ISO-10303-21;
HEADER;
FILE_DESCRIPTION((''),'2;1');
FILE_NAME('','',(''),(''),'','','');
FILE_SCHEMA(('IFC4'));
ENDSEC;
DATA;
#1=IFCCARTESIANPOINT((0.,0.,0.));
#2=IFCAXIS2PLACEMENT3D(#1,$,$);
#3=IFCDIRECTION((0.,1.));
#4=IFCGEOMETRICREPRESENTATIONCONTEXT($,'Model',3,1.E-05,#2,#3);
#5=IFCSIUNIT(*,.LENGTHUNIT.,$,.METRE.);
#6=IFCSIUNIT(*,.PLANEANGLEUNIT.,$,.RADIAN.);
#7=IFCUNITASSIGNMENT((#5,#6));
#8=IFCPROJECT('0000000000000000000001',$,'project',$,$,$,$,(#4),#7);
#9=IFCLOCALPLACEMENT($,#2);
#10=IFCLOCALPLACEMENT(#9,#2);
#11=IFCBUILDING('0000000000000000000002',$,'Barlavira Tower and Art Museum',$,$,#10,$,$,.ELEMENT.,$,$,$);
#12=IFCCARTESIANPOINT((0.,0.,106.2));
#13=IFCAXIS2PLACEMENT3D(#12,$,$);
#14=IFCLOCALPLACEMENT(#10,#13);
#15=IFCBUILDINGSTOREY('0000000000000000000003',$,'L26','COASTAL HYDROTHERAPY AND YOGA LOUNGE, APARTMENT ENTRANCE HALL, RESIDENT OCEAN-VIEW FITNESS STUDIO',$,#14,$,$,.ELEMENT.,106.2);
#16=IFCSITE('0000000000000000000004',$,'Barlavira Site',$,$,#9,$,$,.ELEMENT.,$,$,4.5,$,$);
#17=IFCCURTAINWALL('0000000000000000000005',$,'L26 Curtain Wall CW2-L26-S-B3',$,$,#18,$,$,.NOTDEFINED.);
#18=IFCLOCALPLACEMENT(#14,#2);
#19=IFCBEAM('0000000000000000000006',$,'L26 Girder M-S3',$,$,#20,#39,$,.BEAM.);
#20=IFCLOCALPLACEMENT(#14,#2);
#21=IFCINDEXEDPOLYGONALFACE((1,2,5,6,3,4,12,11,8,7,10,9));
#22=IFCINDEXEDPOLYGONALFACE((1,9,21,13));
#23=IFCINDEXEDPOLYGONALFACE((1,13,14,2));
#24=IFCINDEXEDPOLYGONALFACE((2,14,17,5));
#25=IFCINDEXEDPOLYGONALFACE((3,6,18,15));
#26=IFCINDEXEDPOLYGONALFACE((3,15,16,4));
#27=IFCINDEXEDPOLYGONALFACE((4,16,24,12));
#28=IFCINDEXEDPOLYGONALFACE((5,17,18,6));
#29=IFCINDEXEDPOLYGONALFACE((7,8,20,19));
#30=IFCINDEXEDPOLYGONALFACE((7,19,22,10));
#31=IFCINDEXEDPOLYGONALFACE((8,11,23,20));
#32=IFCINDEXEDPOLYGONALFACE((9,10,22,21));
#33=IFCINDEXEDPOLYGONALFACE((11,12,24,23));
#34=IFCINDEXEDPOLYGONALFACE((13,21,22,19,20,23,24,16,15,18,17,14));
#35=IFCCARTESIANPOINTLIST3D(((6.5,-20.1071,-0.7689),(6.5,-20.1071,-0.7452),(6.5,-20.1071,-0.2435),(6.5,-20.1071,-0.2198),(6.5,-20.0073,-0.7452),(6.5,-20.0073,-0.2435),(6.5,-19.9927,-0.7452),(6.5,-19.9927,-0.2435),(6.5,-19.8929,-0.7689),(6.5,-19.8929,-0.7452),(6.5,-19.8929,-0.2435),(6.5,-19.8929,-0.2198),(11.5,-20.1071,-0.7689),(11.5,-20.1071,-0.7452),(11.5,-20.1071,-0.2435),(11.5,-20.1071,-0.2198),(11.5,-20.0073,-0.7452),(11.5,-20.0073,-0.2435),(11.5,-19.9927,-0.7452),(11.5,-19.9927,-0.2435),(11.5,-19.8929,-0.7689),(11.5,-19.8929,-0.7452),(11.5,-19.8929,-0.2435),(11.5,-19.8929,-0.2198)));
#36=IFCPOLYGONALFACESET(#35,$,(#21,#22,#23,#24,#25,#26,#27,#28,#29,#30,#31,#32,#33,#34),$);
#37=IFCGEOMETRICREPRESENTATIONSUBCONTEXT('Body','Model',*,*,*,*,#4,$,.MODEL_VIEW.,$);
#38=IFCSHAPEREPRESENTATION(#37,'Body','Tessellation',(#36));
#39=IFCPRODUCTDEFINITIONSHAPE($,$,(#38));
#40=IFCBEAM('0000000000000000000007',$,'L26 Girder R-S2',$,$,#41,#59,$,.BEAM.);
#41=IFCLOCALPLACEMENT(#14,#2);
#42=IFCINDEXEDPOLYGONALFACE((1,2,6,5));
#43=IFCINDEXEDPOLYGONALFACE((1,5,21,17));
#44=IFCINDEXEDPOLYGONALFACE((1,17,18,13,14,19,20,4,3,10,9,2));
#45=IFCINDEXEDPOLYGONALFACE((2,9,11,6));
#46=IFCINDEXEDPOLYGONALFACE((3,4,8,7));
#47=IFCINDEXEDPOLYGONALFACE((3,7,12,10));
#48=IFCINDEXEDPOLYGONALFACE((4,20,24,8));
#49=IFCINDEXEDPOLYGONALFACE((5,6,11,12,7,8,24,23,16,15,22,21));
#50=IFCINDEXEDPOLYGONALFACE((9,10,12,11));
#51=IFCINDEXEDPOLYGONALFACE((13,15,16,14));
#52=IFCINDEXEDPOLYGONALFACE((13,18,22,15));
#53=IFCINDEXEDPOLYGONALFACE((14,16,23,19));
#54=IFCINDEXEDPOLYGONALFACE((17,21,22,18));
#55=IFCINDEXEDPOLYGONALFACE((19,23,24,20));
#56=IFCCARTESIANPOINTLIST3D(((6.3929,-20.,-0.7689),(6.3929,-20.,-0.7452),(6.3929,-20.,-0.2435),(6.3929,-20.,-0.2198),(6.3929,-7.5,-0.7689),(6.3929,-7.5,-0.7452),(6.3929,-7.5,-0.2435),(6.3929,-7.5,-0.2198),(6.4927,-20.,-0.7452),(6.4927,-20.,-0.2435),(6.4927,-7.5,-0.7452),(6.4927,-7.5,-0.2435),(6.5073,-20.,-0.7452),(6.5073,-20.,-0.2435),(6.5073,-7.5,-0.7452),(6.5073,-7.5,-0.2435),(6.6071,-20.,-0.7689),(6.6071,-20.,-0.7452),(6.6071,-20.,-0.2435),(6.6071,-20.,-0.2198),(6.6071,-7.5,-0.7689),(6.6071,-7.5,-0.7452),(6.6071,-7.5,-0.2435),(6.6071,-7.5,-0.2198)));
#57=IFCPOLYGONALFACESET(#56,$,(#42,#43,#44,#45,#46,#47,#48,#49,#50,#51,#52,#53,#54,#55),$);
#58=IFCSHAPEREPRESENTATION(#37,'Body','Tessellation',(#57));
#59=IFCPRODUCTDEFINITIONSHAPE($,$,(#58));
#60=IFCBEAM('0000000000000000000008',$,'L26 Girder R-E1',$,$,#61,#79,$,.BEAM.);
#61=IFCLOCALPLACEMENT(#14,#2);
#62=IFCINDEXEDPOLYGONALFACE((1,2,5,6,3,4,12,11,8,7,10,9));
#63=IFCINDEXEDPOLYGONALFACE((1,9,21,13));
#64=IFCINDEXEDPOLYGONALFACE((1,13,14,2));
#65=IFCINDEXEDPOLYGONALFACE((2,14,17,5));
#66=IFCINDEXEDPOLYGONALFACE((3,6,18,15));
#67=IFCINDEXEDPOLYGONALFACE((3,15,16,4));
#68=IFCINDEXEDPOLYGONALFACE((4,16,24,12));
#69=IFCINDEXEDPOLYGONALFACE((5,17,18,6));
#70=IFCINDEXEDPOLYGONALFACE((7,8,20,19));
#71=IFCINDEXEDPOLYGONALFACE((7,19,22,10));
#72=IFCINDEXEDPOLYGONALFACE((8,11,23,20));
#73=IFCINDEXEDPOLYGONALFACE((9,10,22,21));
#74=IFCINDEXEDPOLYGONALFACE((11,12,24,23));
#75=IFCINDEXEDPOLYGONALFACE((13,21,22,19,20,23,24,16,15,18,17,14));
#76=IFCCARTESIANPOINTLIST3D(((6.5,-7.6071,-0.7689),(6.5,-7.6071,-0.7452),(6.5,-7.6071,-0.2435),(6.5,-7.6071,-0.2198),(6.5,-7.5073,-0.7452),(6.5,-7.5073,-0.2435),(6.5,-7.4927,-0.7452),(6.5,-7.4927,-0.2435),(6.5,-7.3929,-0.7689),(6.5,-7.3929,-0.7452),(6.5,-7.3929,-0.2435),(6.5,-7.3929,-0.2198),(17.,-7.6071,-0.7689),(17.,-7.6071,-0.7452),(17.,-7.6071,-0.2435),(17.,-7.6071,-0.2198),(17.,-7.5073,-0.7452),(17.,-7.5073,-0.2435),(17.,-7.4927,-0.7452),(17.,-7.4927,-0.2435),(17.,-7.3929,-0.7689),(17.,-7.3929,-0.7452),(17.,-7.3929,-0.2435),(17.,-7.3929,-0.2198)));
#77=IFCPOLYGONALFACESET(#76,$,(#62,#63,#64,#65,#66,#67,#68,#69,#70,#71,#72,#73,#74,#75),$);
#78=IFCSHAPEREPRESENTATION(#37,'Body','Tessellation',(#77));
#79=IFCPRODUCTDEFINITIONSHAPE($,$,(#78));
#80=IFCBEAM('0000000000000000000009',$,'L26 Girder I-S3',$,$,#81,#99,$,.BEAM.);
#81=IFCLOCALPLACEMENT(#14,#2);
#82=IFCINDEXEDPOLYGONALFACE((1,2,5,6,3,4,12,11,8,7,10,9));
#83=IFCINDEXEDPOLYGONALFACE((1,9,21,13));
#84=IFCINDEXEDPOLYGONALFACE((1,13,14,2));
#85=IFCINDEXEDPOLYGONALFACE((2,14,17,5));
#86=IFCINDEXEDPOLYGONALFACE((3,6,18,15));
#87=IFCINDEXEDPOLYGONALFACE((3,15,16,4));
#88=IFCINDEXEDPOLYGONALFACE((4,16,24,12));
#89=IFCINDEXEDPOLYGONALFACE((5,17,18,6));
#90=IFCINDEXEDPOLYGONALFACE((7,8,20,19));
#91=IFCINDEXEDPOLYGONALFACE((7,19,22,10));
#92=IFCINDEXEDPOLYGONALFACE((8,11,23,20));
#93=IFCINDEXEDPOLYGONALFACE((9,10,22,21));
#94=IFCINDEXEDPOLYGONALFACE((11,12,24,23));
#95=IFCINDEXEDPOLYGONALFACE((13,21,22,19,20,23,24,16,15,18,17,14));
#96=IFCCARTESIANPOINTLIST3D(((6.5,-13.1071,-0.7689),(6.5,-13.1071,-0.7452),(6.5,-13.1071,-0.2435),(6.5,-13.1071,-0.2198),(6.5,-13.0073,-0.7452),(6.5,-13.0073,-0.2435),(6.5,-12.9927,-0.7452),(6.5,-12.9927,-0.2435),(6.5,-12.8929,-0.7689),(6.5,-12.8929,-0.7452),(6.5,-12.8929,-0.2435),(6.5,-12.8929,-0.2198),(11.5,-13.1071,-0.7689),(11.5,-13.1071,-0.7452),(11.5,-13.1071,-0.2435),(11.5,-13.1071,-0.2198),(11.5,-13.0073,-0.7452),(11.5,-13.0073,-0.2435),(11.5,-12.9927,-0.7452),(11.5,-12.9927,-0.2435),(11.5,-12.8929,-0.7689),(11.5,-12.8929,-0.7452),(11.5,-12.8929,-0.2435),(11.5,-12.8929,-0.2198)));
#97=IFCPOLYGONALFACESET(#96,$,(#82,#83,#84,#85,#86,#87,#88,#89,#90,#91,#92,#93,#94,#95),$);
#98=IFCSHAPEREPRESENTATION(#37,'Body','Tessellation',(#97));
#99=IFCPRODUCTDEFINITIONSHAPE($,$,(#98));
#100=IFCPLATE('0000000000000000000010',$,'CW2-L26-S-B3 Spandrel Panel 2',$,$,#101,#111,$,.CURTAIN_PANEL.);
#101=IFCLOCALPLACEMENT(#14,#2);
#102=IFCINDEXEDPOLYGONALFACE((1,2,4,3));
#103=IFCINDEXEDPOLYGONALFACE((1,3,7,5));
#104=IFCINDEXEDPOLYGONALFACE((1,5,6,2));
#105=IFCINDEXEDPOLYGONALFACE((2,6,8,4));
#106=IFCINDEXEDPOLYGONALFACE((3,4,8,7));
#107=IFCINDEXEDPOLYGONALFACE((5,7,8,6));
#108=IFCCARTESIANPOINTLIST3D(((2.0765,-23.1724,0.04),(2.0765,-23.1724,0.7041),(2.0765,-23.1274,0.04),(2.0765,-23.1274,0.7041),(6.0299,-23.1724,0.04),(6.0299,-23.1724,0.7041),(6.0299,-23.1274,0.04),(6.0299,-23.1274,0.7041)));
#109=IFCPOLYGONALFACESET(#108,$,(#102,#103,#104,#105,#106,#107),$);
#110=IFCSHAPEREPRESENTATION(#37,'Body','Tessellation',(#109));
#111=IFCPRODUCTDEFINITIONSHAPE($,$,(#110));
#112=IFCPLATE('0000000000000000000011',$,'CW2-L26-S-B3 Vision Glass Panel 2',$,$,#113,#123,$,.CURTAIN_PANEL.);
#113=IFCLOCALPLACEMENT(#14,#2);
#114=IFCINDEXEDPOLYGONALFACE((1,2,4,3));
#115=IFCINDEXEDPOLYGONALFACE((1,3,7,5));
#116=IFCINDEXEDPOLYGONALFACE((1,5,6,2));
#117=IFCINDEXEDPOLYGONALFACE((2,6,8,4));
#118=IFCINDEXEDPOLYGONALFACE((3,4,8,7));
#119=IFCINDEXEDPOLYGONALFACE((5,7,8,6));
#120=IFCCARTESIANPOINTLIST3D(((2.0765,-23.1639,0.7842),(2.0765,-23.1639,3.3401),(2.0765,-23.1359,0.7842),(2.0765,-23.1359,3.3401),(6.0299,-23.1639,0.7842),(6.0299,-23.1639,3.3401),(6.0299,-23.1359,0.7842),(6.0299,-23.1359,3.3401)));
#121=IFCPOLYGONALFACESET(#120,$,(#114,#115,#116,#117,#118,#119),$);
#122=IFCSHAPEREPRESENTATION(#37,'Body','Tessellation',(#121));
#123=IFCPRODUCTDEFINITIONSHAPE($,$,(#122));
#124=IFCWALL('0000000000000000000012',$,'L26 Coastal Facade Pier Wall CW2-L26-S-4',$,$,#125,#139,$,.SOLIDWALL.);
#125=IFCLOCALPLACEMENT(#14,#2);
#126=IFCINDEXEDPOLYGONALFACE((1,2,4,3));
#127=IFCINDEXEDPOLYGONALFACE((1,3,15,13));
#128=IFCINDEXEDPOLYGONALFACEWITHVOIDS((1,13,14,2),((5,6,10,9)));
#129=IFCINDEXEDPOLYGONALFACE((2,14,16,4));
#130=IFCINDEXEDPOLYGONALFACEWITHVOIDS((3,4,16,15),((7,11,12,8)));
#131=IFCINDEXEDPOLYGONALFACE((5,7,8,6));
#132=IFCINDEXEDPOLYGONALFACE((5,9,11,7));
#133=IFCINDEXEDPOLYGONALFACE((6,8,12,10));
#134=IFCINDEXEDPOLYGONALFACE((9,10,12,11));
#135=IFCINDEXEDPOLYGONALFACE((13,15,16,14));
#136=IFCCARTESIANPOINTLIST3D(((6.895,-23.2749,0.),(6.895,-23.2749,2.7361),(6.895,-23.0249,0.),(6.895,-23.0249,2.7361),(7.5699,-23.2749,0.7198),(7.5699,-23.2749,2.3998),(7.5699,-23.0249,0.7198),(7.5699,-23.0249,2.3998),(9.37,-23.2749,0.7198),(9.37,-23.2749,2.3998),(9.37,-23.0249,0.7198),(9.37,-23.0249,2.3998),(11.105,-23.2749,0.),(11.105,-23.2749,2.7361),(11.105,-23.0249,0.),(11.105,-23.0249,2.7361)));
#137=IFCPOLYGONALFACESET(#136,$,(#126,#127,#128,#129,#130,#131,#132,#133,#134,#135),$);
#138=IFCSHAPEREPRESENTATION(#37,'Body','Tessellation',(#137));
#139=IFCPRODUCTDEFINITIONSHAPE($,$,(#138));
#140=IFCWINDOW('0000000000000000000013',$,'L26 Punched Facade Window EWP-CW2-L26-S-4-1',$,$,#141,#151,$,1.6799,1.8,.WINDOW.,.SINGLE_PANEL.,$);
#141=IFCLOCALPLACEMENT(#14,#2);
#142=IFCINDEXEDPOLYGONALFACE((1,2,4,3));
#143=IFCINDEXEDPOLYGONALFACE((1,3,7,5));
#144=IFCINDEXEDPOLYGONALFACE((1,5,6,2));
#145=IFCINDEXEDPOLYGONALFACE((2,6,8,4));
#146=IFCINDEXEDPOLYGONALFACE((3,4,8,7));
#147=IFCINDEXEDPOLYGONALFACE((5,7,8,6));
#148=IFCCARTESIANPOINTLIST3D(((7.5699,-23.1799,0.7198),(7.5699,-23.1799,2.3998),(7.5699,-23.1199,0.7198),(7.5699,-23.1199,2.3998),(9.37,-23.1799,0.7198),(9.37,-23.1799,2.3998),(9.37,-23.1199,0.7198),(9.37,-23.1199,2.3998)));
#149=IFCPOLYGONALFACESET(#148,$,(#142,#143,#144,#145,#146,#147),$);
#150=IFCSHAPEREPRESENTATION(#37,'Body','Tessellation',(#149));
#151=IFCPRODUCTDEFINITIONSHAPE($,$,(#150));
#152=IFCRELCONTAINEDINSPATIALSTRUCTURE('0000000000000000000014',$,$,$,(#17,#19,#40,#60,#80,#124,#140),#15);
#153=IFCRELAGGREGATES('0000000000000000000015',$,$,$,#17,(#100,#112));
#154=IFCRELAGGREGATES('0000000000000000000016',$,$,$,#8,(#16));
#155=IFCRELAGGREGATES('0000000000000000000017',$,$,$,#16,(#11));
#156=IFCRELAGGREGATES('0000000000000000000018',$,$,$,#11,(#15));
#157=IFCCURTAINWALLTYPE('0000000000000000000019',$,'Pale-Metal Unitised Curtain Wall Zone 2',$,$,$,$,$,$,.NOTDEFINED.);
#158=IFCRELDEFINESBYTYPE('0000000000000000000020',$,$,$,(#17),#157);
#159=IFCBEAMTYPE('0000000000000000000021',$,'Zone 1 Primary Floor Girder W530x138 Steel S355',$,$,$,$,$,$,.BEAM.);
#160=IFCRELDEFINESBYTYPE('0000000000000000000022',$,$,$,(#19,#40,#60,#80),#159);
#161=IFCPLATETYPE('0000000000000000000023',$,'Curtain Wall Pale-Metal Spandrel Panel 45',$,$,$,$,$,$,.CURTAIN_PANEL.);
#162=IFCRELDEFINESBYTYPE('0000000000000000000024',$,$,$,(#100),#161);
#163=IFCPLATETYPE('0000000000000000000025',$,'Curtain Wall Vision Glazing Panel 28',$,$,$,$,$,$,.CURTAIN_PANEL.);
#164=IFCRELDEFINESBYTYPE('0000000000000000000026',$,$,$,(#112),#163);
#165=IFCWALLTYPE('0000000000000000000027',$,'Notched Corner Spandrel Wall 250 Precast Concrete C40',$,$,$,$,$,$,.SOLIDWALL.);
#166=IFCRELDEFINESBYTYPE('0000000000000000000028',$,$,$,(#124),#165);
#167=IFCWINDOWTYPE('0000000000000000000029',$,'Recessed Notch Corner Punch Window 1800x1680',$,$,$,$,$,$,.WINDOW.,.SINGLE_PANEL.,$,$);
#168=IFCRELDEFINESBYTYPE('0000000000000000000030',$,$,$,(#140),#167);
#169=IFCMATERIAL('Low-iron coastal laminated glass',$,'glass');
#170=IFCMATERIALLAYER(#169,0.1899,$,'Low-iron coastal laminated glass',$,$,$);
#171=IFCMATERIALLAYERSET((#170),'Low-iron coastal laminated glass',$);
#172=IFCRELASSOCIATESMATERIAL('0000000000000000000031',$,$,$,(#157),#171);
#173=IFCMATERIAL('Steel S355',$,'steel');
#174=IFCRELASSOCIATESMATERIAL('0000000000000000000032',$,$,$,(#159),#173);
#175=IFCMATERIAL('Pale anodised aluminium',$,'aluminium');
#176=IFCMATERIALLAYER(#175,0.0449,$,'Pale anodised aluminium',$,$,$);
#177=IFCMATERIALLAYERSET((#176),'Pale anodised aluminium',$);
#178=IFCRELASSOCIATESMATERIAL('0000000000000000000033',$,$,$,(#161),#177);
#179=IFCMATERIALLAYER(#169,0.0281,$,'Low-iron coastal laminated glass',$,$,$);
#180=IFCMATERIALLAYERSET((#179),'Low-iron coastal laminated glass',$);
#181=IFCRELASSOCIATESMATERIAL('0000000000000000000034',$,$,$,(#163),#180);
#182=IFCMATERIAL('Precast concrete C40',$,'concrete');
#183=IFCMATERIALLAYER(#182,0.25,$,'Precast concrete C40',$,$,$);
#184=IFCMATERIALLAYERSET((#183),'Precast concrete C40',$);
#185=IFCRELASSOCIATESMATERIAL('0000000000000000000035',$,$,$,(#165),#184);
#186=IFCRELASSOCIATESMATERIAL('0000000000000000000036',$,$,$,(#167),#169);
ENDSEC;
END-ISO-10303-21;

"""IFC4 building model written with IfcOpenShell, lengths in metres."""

from ifc_helpers import new_model, si_unit, direction, frame, frame_2d, origin, origin_2d, place, context, subcontext, project, spatial, rectangle, i_section, extrude, material, layer, layer_set, material_profile, profile_set, type_object, element, fill, aggregate, save


model = new_model("IFC4")

# Units and contexts
model_context = context("Model", 3, precision=1e-05, world=origin(), true_north=direction((0.0, 1.0)))
body_context = subcontext(model_context, "Body", "Model", "MODEL_VIEW")
ifc_project = project(units=[si_unit("LENGTHUNIT", "METRE"), si_unit("PLANEANGLEUNIT", "RADIAN")], contexts=[model_context])

# Site, building, storey
site_placement = place(None, origin())
site = spatial("IfcSite", under=ifc_project, at=site_placement, Name="Barlavira Site", CompositionType="ELEMENT", RefElevation=4.5)
building_placement = place(site_placement, origin())
building = spatial("IfcBuilding", under=site, at=building_placement, Name="Barlavira Tower and Art Museum", CompositionType="ELEMENT")
storey_placement = place(building_placement, frame((0.0, 0.0, 106.2)))
storey = spatial("IfcBuildingStorey", under=building, at=storey_placement, Name="L26", Description="COASTAL HYDROTHERAPY AND YOGA LOUNGE, APARTMENT ENTRANCE HALL, RESIDENT OCEAN-VIEW FITNESS STUDIO", CompositionType="ELEMENT", Elevation=106.2)

# Shared definitions
ifc_material_1 = material(Name="Steel S355", Category="steel")

# Curtain wall
ifc_material_2 = material(Name="Low-iron coastal laminated glass", Category="glass")
ifc_layer_1 = layer(ifc_material_2, 0.1899, Name="Low-iron coastal laminated glass")
ifc_layer_set_1 = layer_set([ifc_layer_1], Name="Low-iron coastal laminated glass")
curtain_wall_type = type_object("IfcCurtainWallType", Name="Pale-Metal Unitised Curtain Wall Zone 2", PredefinedType="NOTDEFINED", material=ifc_layer_set_1)
curtain_wall_placement = place(storey_placement, origin())
curtain_wall = element("IfcCurtainWall", 1, at=curtain_wall_placement, inside=storey, type_object=curtain_wall_type, Name="L26 Curtain Wall CW2-L26-S-B3", PredefinedType="NOTDEFINED")
ifc_material_3 = material(Name="Pale anodised aluminium", Category="aluminium")

# Beams
ifc_material_profile_1 = material_profile(ifc_material_1, i_section(OverallWidth=0.2141, OverallDepth=0.5491, WebThickness=0.0146, FlangeThickness=0.0237, at=origin_2d()), Name="W530x138.0")
ifc_profile_set_1 = profile_set([ifc_material_profile_1], Name="Steel S355")
beam_type_1 = type_object("IfcBeamType", Name="Zone 1 Primary Floor Girder W530x138 Steel S355", PredefinedType="BEAM", material=ifc_profile_set_1)
beam_1_placement = place(storey_placement, frame((6.5, -20.0, -0.4944), z_axis=(1.0, 0.0, 0.0), x_axis=(0.0, 1.0, 0.0)))
element("IfcBeam", 2, at=beam_1_placement, inside=storey, type_object=beam_type_1, Name="L26 Girder M-S3", PredefinedType="BEAM", context=body_context, shape_type="SweptSolid", body=[
    extrude(i_section(OverallWidth=0.2141, OverallDepth=0.5491, WebThickness=0.0146, FlangeThickness=0.0237, at=origin_2d()), origin(), (0.0, 0.0, 1.0), 5.0),
])
beam_2_placement = place(storey_placement, frame((6.5, -20.0, -0.4944), z_axis=(0.0, 1.0, 0.0), x_axis=(-1.0, 0.0, 0.0)))
element("IfcBeam", 3, at=beam_2_placement, inside=storey, type_object=beam_type_1, Name="L26 Girder R-S2", PredefinedType="BEAM", context=body_context, shape_type="SweptSolid", body=[
    extrude(i_section(OverallWidth=0.2141, OverallDepth=0.5491, WebThickness=0.0146, FlangeThickness=0.0237, at=origin_2d()), origin(), (0.0, 0.0, 1.0), 12.5),
])
beam_3_placement = place(storey_placement, frame((6.5, -7.5, -0.4944), z_axis=(1.0, 0.0, 0.0), x_axis=(0.0, 1.0, 0.0)))
element("IfcBeam", 4, at=beam_3_placement, inside=storey, type_object=beam_type_1, Name="L26 Girder R-E1", PredefinedType="BEAM", context=body_context, shape_type="SweptSolid", body=[
    extrude(i_section(OverallWidth=0.2141, OverallDepth=0.5491, WebThickness=0.0146, FlangeThickness=0.0237, at=origin_2d()), origin(), (0.0, 0.0, 1.0), 10.5),
])
beam_4_placement = place(storey_placement, frame((6.5, -13.0, -0.4944), z_axis=(1.0, 0.0, 0.0), x_axis=(0.0, 1.0, 0.0)))
element("IfcBeam", 5, at=beam_4_placement, inside=storey, type_object=beam_type_1, Name="L26 Girder I-S3", PredefinedType="BEAM", context=body_context, shape_type="SweptSolid", body=[
    extrude(i_section(OverallWidth=0.2141, OverallDepth=0.5491, WebThickness=0.0146, FlangeThickness=0.0237, at=origin_2d()), origin(), (0.0, 0.0, 1.0), 5.0),
])

# Plates
ifc_layer_2 = layer(ifc_material_3, 0.0449, Name="Pale anodised aluminium")
ifc_layer_set_2 = layer_set([ifc_layer_2], Name="Pale anodised aluminium")
plate_type_1 = type_object("IfcPlateType", Name="Curtain Wall Pale-Metal Spandrel Panel 45", PredefinedType="CURTAIN_PANEL", material=ifc_layer_set_2)
plate_1_placement = place(storey_placement, frame((4.0532, -23.1499, 0.04), z_axis=(0.0, 0.0, 1.0), x_axis=(1.0, 0.0, 0.0)))
plate_1 = element("IfcPlate", 6, at=plate_1_placement, type_object=plate_type_1, Name="CW2-L26-S-B3 Spandrel Panel 2", PredefinedType="CURTAIN_PANEL", context=body_context, shape_type="SweptSolid", body=[
    extrude(rectangle(XDim=3.9534, YDim=0.0449, at=origin_2d()), origin(), (0.0, 0.0, 1.0), 0.6641),
])
ifc_layer_3 = layer(ifc_material_2, 0.0281, Name="Low-iron coastal laminated glass")
ifc_layer_set_3 = layer_set([ifc_layer_3], Name="Low-iron coastal laminated glass")
plate_type_2 = type_object("IfcPlateType", Name="Curtain Wall Vision Glazing Panel 28", PredefinedType="CURTAIN_PANEL", material=ifc_layer_set_3)
plate_2_placement = place(storey_placement, frame((4.0532, -23.1499, 0.7842), z_axis=(0.0, 0.0, 1.0), x_axis=(1.0, 0.0, 0.0)))
plate_2 = element("IfcPlate", 7, at=plate_2_placement, type_object=plate_type_2, Name="CW2-L26-S-B3 Vision Glass Panel 2", PredefinedType="CURTAIN_PANEL", context=body_context, shape_type="SweptSolid", body=[
    extrude(rectangle(XDim=3.9534, YDim=0.0281, at=origin_2d()), origin(), (0.0, 0.0, 1.0), 2.5559),
])
aggregate(curtain_wall, [plate_1, plate_2])

# Wall, opening, window
ifc_material_4 = material(Name="Precast concrete C40", Category="concrete")
ifc_layer_4 = layer(ifc_material_4, 0.25, Name="Precast concrete C40")
ifc_layer_set_4 = layer_set([ifc_layer_4], Name="Precast concrete C40")
wall_type = type_object("IfcWallType", Name="Notched Corner Spandrel Wall 250 Precast Concrete C40", PredefinedType="SOLIDWALL", material=ifc_layer_set_4)
wall_placement = place(storey_placement, frame((6.895, -23.1499, 0.0), z_axis=(0.0, 0.0, 1.0), x_axis=(1.0, 0.0, 0.0)))
wall = element("IfcWall", 8, at=wall_placement, inside=storey, type_object=wall_type, Name="L26 Coastal Facade Pier Wall CW2-L26-S-4", PredefinedType="SOLIDWALL", context=body_context, shape_type="SweptSolid", body=[
    extrude(rectangle(XDim=4.21, YDim=0.25, at=frame_2d((2.105, 0.0))), origin(), (0.0, 0.0, 1.0), 2.7361),
])
opening_placement = place(wall_placement, frame((0.675, 0.0, 0.72)))
opening = element("IfcOpeningElement", 9, at=opening_placement, cuts=wall, PredefinedType="OPENING", context=body_context, shape_type="SweptSolid", body=[
    extrude(rectangle(XDim=1.8, YDim=1.6799, at=frame_2d((0.8999, 0.8398))), frame((0.0, 0.135, 0.0), z_axis=(0.0, -1.0, 0.0), x_axis=(1.0, 0.0, 0.0)), (0.0, 0.0, 1.0), 0.27),
])
window_type = type_object("IfcWindowType", Name="Recessed Notch Corner Punch Window 1800x1680", PartitioningType="SINGLE_PANEL", PredefinedType="WINDOW", material=ifc_material_2)
window_placement = place(opening_placement, origin())
window = element("IfcWindow", 10, at=window_placement, inside=storey, type_object=window_type, Name="L26 Punched Facade Window EWP-CW2-L26-S-4-1", OverallHeight=1.6799, OverallWidth=1.8, PartitioningType="SINGLE_PANEL", PredefinedType="WINDOW", context=body_context, shape_type="SweptSolid", body=[
    extrude(rectangle(XDim=1.8, YDim=1.6799, at=frame_2d((0.8999, 0.8398))), frame((0.0, 0.03, 0.0), z_axis=(0.0, -1.0, 0.0), x_axis=(1.0, 0.0, 0.0)), (0.0, 0.0, 1.0), 0.0601),
])
fill(opening, window)

save(model, "model.ifc")
